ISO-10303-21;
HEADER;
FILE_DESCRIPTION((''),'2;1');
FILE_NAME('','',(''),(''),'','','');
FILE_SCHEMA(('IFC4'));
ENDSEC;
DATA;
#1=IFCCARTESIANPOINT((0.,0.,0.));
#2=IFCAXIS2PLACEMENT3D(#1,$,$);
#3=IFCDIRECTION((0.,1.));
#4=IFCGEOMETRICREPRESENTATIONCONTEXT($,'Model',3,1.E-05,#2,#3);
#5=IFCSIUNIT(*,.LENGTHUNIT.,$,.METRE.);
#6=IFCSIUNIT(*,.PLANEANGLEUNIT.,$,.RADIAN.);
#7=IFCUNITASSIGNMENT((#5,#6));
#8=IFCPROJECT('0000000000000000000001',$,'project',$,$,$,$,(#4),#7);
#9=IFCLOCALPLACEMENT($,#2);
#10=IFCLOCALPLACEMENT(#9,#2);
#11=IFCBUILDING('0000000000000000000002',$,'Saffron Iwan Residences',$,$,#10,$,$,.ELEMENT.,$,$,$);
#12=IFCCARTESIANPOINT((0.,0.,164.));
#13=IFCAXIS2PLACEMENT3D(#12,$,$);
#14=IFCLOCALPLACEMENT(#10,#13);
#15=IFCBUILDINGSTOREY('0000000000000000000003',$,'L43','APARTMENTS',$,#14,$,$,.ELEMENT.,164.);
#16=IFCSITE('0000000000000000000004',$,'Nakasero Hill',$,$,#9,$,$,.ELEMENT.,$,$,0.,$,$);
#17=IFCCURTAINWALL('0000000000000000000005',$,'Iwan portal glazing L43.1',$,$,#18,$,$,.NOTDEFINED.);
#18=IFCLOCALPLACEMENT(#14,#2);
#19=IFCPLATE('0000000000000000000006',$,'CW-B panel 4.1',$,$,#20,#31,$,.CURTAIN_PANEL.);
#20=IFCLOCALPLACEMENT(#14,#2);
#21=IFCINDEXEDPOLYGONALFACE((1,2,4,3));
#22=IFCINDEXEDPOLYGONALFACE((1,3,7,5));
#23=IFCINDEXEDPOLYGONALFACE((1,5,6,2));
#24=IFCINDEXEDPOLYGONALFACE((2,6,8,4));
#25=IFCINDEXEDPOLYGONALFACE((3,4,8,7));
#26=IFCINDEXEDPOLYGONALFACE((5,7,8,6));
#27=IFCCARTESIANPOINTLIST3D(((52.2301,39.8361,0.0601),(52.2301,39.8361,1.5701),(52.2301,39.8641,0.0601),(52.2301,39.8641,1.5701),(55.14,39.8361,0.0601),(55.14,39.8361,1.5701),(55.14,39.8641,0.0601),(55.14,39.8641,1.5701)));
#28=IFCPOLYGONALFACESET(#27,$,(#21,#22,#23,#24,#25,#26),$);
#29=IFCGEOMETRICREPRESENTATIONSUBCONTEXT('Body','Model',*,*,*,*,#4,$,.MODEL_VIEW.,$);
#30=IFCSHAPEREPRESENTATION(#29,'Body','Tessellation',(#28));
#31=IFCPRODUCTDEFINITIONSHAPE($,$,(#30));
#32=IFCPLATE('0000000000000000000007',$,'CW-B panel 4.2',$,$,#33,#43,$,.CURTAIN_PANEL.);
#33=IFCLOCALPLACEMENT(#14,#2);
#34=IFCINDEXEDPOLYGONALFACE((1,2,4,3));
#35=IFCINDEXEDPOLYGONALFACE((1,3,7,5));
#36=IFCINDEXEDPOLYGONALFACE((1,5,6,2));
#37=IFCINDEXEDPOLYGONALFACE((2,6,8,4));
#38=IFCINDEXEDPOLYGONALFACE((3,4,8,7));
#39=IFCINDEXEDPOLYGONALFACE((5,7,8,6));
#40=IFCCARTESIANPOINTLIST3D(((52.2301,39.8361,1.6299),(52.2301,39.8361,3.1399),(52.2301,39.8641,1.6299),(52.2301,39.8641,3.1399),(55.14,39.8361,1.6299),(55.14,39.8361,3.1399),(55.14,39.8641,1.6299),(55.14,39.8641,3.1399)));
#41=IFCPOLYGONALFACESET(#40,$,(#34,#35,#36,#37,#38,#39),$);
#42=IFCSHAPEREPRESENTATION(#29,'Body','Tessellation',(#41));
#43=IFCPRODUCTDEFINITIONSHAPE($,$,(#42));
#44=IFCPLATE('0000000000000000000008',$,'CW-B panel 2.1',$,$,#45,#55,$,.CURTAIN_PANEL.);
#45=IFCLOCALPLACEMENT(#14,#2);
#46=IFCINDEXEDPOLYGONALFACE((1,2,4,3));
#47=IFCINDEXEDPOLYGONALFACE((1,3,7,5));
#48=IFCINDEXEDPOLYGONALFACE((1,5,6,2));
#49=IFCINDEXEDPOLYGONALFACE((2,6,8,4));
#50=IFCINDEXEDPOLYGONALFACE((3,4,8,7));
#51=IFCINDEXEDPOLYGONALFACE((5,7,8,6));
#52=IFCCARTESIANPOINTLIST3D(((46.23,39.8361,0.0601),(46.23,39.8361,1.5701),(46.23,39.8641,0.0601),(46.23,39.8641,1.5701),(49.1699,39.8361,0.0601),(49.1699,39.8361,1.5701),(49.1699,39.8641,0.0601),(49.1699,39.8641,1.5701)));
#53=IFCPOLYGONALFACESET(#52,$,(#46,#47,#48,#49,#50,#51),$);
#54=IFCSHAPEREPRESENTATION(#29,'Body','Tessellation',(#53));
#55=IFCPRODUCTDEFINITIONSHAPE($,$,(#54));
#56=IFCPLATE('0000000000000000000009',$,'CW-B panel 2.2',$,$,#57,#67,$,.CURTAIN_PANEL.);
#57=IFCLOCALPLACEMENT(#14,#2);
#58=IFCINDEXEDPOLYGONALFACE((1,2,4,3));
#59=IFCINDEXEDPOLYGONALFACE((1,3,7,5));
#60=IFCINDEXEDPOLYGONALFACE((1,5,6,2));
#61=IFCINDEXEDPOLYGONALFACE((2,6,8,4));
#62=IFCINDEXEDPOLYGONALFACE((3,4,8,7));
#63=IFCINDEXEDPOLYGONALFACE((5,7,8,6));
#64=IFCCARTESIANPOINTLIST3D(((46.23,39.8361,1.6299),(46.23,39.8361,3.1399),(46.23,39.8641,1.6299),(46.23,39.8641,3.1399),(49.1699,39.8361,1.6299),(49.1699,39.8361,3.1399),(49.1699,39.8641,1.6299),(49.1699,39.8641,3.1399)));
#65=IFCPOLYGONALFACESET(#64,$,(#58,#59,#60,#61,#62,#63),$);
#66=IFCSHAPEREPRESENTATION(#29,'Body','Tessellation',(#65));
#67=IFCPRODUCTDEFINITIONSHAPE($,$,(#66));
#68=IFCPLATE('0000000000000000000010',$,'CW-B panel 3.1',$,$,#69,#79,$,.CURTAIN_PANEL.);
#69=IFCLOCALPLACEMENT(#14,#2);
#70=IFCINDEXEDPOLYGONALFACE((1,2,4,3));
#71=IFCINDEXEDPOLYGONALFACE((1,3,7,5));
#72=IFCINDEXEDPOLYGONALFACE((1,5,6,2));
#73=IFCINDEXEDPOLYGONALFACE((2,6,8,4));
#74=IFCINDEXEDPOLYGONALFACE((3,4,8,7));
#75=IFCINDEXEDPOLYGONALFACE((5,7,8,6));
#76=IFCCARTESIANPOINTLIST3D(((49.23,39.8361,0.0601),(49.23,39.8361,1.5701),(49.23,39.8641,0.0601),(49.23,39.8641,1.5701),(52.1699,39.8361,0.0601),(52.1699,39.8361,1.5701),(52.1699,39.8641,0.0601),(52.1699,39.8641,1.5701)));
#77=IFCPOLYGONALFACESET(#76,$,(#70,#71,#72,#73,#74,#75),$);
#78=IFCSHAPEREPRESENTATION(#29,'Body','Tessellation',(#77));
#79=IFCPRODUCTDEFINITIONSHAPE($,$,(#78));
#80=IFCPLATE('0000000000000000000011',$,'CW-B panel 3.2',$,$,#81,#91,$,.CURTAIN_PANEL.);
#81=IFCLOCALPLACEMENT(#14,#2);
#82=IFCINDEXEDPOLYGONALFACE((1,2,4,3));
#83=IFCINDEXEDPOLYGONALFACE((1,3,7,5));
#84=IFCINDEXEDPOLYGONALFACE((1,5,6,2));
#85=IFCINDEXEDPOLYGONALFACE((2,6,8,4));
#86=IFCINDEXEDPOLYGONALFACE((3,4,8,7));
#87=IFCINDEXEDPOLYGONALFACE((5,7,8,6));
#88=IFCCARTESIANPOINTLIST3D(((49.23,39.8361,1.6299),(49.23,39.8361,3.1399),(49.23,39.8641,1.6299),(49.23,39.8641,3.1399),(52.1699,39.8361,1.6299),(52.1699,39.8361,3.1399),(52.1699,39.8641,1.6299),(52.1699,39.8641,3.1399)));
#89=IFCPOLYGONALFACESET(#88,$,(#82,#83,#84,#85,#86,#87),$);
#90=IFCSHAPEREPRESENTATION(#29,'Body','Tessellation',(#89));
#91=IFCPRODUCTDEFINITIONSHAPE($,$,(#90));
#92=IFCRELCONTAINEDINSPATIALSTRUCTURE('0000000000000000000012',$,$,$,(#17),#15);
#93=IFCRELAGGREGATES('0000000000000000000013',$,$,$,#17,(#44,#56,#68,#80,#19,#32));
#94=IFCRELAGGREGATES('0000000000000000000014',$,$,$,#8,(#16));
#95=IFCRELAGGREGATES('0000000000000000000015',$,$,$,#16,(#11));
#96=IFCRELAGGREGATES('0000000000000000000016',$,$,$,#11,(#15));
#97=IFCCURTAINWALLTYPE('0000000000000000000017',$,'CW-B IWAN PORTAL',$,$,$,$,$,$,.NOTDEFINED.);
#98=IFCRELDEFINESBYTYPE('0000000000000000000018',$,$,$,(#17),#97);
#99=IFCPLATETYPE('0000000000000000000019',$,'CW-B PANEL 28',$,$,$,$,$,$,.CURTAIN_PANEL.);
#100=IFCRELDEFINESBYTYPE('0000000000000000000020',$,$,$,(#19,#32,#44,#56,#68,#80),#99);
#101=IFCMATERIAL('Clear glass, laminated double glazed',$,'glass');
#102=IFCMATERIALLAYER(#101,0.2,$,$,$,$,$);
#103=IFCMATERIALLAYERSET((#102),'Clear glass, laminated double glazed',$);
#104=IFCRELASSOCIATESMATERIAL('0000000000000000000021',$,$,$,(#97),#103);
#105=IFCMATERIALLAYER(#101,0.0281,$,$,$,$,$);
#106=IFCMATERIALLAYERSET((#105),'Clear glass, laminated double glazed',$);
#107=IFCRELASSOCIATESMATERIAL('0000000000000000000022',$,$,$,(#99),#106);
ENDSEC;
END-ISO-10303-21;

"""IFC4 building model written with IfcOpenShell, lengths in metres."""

from ifc_helpers import new_model, si_unit, direction, frame, origin, origin_2d, place, context, subcontext, project, spatial, rectangle, extrude, source, transform, mapped, material, layer, layer_set, type_object, element, aggregate, save


model = new_model("IFC4")

# Units and contexts
model_context = context("Model", 3, precision=1e-05, world=origin(), true_north=direction((0.0, 1.0)))
body_context = subcontext(model_context, "Body", "Model", "MODEL_VIEW")
ifc_project = project(units=[si_unit("LENGTHUNIT", "METRE"), si_unit("PLANEANGLEUNIT", "RADIAN")], contexts=[model_context])

# Site, building, storey
site_placement = place(None, origin())
site = spatial("IfcSite", under=ifc_project, at=site_placement, Name="Nakasero Hill", CompositionType="ELEMENT", RefElevation=0.0)
building_placement = place(site_placement, origin())
building = spatial("IfcBuilding", under=site, at=building_placement, Name="Saffron Iwan Residences", CompositionType="ELEMENT")
storey_placement = place(building_placement, frame((0.0, 0.0, 164.0)))
storey = spatial("IfcBuildingStorey", under=building, at=storey_placement, Name="L43", Description="APARTMENTS", CompositionType="ELEMENT", Elevation=164.0)

# Curtain wall, plates
ifc_material_1 = material(Name="Clear glass, laminated double glazed", Category="glass")
ifc_layer_1 = layer(ifc_material_1, 0.2)
ifc_layer_set_1 = layer_set([ifc_layer_1], Name="Clear glass, laminated double glazed")
curtain_wall_type = type_object("IfcCurtainWallType", Name="CW-B IWAN PORTAL", PredefinedType="NOTDEFINED", material=ifc_layer_set_1)
curtain_wall_placement = place(storey_placement, origin())
curtain_wall = element("IfcCurtainWall", 1, at=curtain_wall_placement, inside=storey, type_object=curtain_wall_type, Name="Iwan portal glazing L43.1", PredefinedType="NOTDEFINED")
ifc_layer_2 = layer(ifc_material_1, 0.0281)
ifc_layer_set_2 = layer_set([ifc_layer_2], Name="Clear glass, laminated double glazed")
plate_type = type_object("IfcPlateType", Name="CW-B PANEL 28", PredefinedType="CURTAIN_PANEL", material=ifc_layer_set_2)
shared_shape_1 = source(origin(), body_context, "Body", "SweptSolid", [
    extrude(rectangle(XDim=2.9099, YDim=0.0281, at=origin_2d()), origin(), (0.0, 0.0, 1.0), 1.51),
])
plate_1_placement = place(storey_placement, frame((53.6851, 39.8501, 0.0601), z_axis=(0.0, 0.0, 1.0), x_axis=(1.0, 0.0, 0.0)))
plate_1 = element("IfcPlate", 2, at=plate_1_placement, type_object=plate_type, Name="CW-B panel 4.1", PredefinedType="CURTAIN_PANEL", context=body_context, shape_type="MappedRepresentation", body=[
    mapped(shared_shape_1, transform((0.0, 0.0, 0.0))),
])
plate_2_placement = place(storey_placement, frame((53.6851, 39.8501, 1.6299), z_axis=(0.0, 0.0, 1.0), x_axis=(1.0, 0.0, 0.0)))
plate_2 = element("IfcPlate", 3, at=plate_2_placement, type_object=plate_type, Name="CW-B panel 4.2", PredefinedType="CURTAIN_PANEL", context=body_context, shape_type="MappedRepresentation", body=[
    mapped(shared_shape_1, transform((0.0, 0.0, 0.0))),
])
shared_shape_2 = source(origin(), body_context, "Body", "SweptSolid", [
    extrude(rectangle(XDim=2.9399, YDim=0.0281, at=origin_2d()), origin(), (0.0, 0.0, 1.0), 1.51),
])
plate_3_placement = place(storey_placement, frame((47.7, 39.8501, 0.0601), z_axis=(0.0, 0.0, 1.0), x_axis=(1.0, 0.0, 0.0)))
plate_3 = element("IfcPlate", 4, at=plate_3_placement, type_object=plate_type, Name="CW-B panel 2.1", PredefinedType="CURTAIN_PANEL", context=body_context, shape_type="MappedRepresentation", body=[
    mapped(shared_shape_2, transform((0.0, 0.0, 0.0))),
])
plate_4_placement = place(storey_placement, frame((47.7, 39.8501, 1.6299), z_axis=(0.0, 0.0, 1.0), x_axis=(1.0, 0.0, 0.0)))
plate_4 = element("IfcPlate", 5, at=plate_4_placement, type_object=plate_type, Name="CW-B panel 2.2", PredefinedType="CURTAIN_PANEL", context=body_context, shape_type="MappedRepresentation", body=[
    mapped(shared_shape_2, transform((0.0, 0.0, 0.0))),
])
plate_5_placement = place(storey_placement, frame((50.7, 39.8501, 0.0601), z_axis=(0.0, 0.0, 1.0), x_axis=(1.0, 0.0, 0.0)))
plate_5 = element("IfcPlate", 6, at=plate_5_placement, type_object=plate_type, Name="CW-B panel 3.1", PredefinedType="CURTAIN_PANEL", context=body_context, shape_type="MappedRepresentation", body=[
    mapped(shared_shape_2, transform((0.0, 0.0, 0.0))),
])
plate_6_placement = place(storey_placement, frame((50.7, 39.8501, 1.6299), z_axis=(0.0, 0.0, 1.0), x_axis=(1.0, 0.0, 0.0)))
plate_6 = element("IfcPlate", 7, at=plate_6_placement, type_object=plate_type, Name="CW-B panel 3.2", PredefinedType="CURTAIN_PANEL", context=body_context, shape_type="MappedRepresentation", body=[
    mapped(shared_shape_2, transform((0.0, 0.0, 0.0))),
])
aggregate(curtain_wall, [plate_3, plate_4, plate_5, plate_6, plate_1, plate_2])

save(model, "model.ifc")
